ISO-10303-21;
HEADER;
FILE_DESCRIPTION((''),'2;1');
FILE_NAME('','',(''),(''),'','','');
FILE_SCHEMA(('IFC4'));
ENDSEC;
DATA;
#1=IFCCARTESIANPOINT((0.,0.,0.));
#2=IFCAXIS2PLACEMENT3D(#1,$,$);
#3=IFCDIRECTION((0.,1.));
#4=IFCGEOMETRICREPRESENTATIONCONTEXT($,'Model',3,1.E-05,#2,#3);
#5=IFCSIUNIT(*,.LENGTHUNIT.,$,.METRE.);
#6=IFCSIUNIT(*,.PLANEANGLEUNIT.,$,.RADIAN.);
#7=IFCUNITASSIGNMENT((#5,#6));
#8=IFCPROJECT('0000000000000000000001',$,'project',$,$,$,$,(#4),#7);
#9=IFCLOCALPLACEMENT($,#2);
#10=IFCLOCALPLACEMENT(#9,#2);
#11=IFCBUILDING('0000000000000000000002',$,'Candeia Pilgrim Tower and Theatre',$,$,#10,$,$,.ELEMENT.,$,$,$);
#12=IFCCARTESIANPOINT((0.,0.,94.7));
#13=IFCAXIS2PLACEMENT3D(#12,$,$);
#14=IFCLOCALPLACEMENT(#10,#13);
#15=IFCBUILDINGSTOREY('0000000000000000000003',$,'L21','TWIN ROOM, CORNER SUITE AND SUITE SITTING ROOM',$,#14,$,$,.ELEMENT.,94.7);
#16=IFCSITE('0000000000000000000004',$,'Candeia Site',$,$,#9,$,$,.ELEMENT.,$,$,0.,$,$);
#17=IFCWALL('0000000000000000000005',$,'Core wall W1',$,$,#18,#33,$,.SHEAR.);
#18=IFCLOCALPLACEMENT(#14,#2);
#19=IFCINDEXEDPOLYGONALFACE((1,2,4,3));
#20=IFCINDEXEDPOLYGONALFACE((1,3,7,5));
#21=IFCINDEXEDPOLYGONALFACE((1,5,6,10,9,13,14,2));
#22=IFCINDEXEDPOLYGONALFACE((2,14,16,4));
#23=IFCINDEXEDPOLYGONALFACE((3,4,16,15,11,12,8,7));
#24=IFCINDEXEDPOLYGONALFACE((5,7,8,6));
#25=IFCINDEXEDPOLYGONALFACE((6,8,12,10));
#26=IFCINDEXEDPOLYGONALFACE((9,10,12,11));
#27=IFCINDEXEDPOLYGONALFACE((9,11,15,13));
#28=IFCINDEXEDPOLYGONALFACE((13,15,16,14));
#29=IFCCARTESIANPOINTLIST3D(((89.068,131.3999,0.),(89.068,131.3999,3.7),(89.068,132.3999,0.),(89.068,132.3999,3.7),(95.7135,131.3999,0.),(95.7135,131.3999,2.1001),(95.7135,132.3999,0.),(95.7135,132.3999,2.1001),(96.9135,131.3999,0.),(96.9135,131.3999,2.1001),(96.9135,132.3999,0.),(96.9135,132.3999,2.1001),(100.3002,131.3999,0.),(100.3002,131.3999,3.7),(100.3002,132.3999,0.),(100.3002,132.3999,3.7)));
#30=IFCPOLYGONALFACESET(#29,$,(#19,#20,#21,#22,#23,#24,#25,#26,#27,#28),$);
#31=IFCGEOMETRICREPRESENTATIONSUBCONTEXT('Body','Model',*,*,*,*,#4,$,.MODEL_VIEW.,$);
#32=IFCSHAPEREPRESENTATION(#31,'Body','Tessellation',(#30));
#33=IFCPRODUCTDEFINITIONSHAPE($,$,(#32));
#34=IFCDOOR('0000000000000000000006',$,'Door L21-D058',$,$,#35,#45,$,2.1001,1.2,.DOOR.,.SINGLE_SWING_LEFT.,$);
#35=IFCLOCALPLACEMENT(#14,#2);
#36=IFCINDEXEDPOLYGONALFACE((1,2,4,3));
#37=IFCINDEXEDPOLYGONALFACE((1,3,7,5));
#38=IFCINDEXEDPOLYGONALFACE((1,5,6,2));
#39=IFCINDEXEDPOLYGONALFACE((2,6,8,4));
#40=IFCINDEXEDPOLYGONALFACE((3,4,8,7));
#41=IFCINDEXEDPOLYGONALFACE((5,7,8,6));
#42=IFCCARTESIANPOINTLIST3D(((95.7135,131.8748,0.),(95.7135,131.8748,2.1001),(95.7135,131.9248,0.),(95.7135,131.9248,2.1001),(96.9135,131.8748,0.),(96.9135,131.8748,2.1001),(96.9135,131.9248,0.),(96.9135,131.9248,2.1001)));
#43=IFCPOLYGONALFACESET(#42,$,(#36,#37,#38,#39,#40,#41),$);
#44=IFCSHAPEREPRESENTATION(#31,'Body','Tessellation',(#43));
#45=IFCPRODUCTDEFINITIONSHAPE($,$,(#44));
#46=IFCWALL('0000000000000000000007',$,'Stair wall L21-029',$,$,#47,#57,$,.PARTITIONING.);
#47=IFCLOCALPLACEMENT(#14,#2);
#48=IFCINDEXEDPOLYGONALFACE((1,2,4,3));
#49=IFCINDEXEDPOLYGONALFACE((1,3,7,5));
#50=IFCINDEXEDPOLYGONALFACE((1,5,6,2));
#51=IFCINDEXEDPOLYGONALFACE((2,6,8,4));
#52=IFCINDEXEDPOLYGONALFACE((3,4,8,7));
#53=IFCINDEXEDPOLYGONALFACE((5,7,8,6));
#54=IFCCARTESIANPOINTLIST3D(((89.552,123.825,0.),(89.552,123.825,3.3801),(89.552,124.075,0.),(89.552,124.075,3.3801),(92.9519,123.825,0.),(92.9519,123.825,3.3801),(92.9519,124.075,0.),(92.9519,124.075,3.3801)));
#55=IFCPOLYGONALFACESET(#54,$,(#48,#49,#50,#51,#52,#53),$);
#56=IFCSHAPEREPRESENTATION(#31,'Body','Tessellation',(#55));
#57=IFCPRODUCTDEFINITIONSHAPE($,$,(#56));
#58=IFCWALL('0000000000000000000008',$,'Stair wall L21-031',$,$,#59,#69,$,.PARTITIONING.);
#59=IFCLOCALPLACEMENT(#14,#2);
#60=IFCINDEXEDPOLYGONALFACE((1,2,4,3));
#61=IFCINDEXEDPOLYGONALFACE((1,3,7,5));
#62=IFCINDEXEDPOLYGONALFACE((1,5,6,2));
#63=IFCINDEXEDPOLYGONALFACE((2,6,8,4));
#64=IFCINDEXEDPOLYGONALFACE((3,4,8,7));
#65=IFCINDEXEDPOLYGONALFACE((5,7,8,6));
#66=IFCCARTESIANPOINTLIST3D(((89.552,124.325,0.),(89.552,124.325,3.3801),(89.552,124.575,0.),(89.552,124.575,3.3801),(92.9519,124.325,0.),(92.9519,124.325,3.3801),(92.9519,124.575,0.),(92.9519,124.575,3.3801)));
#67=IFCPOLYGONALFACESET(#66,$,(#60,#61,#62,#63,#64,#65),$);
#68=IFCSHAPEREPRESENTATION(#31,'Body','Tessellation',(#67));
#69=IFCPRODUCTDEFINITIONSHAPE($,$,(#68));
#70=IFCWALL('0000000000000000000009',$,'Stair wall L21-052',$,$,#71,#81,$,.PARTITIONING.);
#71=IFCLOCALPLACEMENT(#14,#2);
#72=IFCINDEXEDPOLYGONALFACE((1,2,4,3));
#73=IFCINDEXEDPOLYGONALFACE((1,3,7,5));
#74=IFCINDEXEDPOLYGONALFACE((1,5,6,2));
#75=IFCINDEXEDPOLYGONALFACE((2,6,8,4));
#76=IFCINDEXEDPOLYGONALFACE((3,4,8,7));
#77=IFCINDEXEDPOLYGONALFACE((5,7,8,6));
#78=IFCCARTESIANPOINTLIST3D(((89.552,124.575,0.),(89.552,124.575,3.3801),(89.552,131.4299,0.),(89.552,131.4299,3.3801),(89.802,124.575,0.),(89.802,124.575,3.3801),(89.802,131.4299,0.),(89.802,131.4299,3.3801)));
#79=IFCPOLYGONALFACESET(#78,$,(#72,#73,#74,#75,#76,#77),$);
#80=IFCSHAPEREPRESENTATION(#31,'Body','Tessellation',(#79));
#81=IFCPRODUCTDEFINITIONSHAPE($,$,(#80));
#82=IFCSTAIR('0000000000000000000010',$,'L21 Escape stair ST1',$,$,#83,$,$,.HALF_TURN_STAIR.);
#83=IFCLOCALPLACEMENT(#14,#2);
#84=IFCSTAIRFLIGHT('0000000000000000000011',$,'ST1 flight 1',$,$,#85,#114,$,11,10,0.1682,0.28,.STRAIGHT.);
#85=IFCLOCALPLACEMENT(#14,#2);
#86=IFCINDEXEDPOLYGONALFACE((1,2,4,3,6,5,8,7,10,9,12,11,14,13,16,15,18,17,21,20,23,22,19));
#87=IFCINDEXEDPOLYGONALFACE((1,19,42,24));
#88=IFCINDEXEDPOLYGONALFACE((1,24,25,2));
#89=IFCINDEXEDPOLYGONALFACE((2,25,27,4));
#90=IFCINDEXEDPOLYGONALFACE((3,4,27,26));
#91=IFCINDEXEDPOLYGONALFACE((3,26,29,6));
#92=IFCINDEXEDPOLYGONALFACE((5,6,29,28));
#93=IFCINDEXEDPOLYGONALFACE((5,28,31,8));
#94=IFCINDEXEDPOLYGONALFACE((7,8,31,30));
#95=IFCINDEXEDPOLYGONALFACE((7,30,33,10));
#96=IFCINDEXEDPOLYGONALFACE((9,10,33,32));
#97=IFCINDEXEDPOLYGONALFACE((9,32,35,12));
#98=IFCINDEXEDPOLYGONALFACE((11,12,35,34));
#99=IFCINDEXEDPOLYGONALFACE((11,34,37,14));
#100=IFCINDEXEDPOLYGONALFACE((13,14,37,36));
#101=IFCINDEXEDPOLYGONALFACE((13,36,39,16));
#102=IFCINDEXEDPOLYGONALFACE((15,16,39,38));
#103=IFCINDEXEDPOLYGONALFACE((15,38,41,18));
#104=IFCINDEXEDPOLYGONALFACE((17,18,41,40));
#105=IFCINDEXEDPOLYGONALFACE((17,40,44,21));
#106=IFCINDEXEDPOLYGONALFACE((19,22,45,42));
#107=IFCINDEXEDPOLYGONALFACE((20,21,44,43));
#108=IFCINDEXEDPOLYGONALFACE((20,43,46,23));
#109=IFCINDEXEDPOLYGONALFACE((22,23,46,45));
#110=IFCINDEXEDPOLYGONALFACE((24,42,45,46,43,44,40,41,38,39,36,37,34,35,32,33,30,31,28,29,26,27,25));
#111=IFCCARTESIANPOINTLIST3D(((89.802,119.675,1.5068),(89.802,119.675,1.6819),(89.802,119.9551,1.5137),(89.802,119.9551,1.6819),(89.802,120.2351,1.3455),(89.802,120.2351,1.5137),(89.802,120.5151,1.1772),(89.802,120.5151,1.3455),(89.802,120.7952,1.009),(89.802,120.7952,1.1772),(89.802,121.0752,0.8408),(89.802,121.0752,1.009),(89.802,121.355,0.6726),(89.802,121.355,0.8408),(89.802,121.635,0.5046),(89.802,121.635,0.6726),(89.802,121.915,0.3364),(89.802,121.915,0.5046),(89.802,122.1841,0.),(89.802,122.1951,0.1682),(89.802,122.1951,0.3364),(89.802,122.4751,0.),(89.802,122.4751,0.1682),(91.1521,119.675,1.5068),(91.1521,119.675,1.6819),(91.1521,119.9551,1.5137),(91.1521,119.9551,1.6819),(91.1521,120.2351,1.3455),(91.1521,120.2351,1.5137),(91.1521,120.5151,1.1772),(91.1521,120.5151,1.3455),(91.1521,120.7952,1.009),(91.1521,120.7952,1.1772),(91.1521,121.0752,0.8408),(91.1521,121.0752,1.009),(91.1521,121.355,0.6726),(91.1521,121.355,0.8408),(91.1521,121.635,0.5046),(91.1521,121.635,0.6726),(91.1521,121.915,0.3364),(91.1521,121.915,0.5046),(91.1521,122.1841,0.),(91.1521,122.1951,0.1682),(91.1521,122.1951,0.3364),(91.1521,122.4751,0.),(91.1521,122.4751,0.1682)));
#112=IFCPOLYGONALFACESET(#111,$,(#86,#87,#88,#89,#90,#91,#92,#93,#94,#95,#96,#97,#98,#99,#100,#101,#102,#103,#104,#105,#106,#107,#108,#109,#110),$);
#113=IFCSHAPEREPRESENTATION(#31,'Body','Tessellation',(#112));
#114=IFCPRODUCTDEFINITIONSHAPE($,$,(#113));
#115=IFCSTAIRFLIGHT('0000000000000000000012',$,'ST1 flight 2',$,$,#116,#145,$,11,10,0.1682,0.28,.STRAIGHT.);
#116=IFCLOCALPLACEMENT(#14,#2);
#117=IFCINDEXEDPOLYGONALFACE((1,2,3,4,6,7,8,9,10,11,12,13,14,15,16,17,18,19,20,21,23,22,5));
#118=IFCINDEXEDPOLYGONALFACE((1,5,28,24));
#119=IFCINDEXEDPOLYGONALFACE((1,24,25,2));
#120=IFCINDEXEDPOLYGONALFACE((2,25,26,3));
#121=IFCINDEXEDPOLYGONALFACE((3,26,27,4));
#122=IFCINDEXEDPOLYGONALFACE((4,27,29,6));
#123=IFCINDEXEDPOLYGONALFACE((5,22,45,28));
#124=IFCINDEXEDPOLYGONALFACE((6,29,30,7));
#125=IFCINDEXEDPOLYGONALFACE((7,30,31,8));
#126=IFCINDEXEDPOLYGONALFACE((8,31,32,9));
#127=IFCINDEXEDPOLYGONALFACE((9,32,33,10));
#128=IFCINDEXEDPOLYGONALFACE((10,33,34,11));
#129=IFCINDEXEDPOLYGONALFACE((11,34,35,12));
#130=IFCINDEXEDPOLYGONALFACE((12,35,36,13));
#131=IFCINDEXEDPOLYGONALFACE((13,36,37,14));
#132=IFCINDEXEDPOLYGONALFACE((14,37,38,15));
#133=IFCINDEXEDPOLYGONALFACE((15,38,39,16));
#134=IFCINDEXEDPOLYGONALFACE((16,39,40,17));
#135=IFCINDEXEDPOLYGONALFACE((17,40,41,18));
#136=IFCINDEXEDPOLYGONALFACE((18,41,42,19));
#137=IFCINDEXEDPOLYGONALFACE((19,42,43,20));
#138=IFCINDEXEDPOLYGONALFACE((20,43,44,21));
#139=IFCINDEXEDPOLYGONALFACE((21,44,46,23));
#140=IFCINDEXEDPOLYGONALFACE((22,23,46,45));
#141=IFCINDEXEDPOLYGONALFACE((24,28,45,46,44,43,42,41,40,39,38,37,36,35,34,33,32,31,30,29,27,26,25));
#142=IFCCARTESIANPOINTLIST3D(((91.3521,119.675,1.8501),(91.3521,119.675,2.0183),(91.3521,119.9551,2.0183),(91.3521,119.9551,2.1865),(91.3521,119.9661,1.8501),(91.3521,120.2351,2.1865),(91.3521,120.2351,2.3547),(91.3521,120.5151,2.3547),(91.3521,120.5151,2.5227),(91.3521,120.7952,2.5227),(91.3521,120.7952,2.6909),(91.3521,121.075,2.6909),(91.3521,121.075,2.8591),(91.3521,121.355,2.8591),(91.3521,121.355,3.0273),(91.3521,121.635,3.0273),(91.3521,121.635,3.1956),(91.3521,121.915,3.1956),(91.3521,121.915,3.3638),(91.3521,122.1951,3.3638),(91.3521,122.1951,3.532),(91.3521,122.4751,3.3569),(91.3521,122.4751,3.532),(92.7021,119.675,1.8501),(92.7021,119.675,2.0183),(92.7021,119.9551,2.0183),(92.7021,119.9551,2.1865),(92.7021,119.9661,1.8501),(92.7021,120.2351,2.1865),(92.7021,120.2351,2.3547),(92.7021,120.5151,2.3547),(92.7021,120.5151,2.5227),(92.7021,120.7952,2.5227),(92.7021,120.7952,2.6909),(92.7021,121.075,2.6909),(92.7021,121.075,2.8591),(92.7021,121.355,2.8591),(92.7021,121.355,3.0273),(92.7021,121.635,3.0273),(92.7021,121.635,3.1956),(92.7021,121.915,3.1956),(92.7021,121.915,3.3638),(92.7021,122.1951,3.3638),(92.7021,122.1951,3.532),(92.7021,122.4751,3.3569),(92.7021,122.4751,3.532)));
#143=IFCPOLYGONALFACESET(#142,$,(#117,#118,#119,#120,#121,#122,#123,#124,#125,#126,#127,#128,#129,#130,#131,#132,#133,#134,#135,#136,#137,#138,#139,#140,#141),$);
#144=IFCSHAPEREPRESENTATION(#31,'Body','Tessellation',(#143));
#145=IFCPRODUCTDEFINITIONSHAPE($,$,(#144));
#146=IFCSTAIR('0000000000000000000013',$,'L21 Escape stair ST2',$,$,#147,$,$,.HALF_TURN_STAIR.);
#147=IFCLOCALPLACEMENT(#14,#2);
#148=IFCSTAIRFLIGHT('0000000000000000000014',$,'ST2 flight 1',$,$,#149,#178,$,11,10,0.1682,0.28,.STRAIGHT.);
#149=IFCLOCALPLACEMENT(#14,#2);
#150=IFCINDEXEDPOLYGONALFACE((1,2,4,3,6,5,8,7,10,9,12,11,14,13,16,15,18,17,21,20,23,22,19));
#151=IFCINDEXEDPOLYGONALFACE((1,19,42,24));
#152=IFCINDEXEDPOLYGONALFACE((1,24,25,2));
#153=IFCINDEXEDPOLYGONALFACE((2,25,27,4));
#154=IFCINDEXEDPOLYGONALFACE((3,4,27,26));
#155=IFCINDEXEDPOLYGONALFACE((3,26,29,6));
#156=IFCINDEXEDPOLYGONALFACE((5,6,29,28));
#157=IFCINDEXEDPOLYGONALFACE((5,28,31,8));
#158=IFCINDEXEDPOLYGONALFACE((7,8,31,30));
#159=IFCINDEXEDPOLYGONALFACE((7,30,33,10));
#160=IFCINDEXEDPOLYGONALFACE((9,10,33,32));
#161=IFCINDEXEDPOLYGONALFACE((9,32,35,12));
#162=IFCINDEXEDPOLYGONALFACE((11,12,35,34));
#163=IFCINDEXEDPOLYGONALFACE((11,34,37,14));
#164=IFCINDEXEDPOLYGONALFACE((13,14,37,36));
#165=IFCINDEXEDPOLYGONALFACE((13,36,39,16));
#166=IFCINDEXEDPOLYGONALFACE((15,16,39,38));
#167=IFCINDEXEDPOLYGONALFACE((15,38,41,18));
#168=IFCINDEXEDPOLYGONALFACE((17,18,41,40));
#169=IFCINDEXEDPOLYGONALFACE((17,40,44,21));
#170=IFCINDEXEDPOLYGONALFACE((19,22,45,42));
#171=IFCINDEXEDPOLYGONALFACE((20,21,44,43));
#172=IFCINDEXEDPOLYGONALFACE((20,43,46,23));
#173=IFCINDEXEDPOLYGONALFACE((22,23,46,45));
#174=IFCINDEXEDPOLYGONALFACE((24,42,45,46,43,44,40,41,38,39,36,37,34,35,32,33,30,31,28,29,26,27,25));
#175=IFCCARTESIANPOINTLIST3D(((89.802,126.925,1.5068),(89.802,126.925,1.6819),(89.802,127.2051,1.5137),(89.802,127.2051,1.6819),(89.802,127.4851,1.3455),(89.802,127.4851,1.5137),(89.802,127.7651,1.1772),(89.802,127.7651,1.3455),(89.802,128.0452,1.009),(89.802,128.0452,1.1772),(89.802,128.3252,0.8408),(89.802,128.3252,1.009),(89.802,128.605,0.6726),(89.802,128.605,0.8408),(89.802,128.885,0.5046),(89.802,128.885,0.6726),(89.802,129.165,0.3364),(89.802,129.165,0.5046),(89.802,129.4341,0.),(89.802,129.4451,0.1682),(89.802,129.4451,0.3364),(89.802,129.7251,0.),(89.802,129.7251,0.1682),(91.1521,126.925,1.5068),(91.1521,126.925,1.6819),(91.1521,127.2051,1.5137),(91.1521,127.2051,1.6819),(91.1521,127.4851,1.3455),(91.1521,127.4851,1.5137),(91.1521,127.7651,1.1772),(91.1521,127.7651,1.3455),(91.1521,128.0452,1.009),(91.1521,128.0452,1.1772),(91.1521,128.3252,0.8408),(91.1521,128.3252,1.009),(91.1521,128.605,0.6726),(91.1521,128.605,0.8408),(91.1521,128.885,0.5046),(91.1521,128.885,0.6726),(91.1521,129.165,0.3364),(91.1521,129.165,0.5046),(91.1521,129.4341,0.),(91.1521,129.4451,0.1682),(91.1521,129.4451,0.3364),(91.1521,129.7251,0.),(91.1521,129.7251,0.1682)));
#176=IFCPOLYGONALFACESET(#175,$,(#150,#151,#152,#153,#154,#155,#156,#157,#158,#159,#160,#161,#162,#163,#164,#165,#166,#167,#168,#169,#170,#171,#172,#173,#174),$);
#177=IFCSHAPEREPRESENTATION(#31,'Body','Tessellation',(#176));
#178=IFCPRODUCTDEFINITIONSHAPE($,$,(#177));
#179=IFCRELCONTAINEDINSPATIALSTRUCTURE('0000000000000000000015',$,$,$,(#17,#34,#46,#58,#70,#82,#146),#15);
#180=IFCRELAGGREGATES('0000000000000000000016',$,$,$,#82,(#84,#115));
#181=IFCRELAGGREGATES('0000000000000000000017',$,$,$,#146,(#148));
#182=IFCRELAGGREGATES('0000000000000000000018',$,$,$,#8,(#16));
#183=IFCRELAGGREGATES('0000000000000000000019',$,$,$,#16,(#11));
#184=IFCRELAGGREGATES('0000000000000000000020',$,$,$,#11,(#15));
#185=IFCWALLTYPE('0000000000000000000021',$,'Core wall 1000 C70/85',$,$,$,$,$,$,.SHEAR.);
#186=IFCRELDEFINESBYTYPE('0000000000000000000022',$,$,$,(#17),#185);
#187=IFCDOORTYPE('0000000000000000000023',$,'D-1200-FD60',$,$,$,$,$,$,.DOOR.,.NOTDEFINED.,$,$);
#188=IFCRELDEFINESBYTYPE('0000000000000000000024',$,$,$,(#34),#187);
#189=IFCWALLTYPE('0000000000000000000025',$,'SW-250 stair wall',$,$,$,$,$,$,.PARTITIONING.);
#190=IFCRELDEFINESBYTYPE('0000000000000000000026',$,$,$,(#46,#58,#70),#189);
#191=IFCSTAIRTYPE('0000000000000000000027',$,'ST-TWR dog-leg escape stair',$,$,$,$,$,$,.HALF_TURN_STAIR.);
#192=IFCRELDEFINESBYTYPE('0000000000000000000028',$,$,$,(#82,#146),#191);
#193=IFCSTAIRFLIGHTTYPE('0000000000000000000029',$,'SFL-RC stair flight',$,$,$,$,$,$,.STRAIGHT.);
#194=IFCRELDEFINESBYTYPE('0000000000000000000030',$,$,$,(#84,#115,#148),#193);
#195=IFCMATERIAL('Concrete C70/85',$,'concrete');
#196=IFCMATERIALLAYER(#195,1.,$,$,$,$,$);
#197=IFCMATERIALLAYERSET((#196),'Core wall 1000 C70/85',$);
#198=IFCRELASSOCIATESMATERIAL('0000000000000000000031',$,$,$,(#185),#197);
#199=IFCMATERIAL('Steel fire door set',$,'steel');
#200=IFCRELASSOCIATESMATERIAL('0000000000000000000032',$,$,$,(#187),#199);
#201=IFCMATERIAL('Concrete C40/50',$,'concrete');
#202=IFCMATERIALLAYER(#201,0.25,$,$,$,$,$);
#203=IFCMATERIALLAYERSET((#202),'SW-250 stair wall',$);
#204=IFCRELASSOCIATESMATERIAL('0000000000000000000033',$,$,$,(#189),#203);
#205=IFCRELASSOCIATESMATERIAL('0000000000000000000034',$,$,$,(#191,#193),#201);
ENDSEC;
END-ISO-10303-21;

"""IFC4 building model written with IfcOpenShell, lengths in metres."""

from ifc_helpers import new_model, si_unit, direction, frame, frame_2d, origin, place, context, subcontext, project, spatial, polyline, rectangle, outline, extrude, material, layer, layer_set, type_object, element, fill, aggregate, save


model = new_model("IFC4")

# Units and contexts
model_context = context("Model", 3, precision=1e-05, world=origin(), true_north=direction((0.0, 1.0)))
body_context = subcontext(model_context, "Body", "Model", "MODEL_VIEW")
ifc_project = project(units=[si_unit("LENGTHUNIT", "METRE"), si_unit("PLANEANGLEUNIT", "RADIAN")], contexts=[model_context])

# Site, building, storey
site_placement = place(None, origin())
site = spatial("IfcSite", under=ifc_project, at=site_placement, Name="Candeia Site", CompositionType="ELEMENT", RefElevation=0.0)
building_placement = place(site_placement, origin())
building = spatial("IfcBuilding", under=site, at=building_placement, Name="Candeia Pilgrim Tower and Theatre", CompositionType="ELEMENT")
storey_placement = place(building_placement, frame((0.0, 0.0, 94.7)))
storey = spatial("IfcBuildingStorey", under=building, at=storey_placement, Name="L21", Description="TWIN ROOM, CORNER SUITE AND SUITE SITTING ROOM", CompositionType="ELEMENT", Elevation=94.7)

# Wall, opening, door
ifc_material_1 = material(Name="Concrete C70/85", Category="concrete")
ifc_layer_1 = layer(ifc_material_1, 1.0)
ifc_layer_set_1 = layer_set([ifc_layer_1], Name="Core wall 1000 C70/85")
wall_type_1 = type_object("IfcWallType", Name="Core wall 1000 C70/85", PredefinedType="SHEAR", material=ifc_layer_set_1)
wall_1_placement = place(storey_placement, frame((89.0679, 131.8999, 0.0), z_axis=(0.0, 0.0, 1.0), x_axis=(1.0, 0.0, 0.0)))
wall_1 = element("IfcWall", 1, at=wall_1_placement, inside=storey, type_object=wall_type_1, Name="Core wall W1", PredefinedType="SHEAR", context=body_context, shape_type="SweptSolid", body=[
    extrude(rectangle(XDim=11.2322, YDim=1.0, at=frame_2d((5.6162, 0.0))), origin(), (0.0, 0.0, 1.0), 3.7),
])
opening_placement = place(wall_1_placement, frame((6.6455, 0.0, 0.0)))
opening = element("IfcOpeningElement", 2, at=opening_placement, cuts=wall_1, PredefinedType="OPENING", context=body_context, shape_type="SweptSolid", body=[
    extrude(rectangle(XDim=1.2, YDim=2.1001, at=frame_2d((0.6001, 1.05))), frame((0.0, 0.51, 0.0), z_axis=(0.0, -1.0, 0.0), x_axis=(1.0, 0.0, 0.0)), (0.0, 0.0, 1.0), 1.02),
])
ifc_material_2 = material(Name="Steel fire door set", Category="steel")
door_type = type_object("IfcDoorType", Name="D-1200-FD60", OperationType="NOTDEFINED", PredefinedType="DOOR", material=ifc_material_2)
door_placement = place(opening_placement, origin())
door = element("IfcDoor", 3, at=door_placement, inside=storey, type_object=door_type, Name="Door L21-D058", OperationType="SINGLE_SWING_LEFT", OverallHeight=2.1001, OverallWidth=1.2, PredefinedType="DOOR", context=body_context, shape_type="SweptSolid", body=[
    extrude(rectangle(XDim=1.2, YDim=2.1001, at=frame_2d((0.6001, 1.05))), frame((0.0, 0.0249, 0.0), z_axis=(0.0, -1.0, 0.0), x_axis=(1.0, 0.0, 0.0)), (0.0, 0.0, 1.0), 0.05),
])
fill(opening, door)

# Walls
ifc_material_3 = material(Name="Concrete C40/50", Category="concrete")
ifc_layer_2 = layer(ifc_material_3, 0.25)
ifc_layer_set_2 = layer_set([ifc_layer_2], Name="SW-250 stair wall")
wall_type_2 = type_object("IfcWallType", Name="SW-250 stair wall", PredefinedType="PARTITIONING", material=ifc_layer_set_2)
for number, where, z_axis, x_axis, name in (
    (4, (89.552, 123.95, 0.0), (0.0, 0.0, 1.0), (1.0, 0.0, 0.0), "Stair wall L21-029"),
    (5, (89.552, 124.45, 0.0), (0.0, 0.0, 1.0), (1.0, 0.0, 0.0), "Stair wall L21-031"),
):
    element("IfcWall", number, at=place(storey_placement, frame(where, z_axis=z_axis, x_axis=x_axis)), inside=storey, type_object=wall_type_2, Name=name, PredefinedType="PARTITIONING", context=body_context, shape_type="SweptSolid", body=[
        extrude(rectangle(XDim=3.3999, YDim=0.25, at=frame_2d((1.7, 0.0))), origin(), (0.0, 0.0, 1.0), 3.3801),
    ])
wall_2_placement = place(storey_placement, frame((89.677, 124.575, 0.0), z_axis=(0.0, 0.0, 1.0), x_axis=(0.0, 1.0, 0.0)))
element("IfcWall", 6, at=wall_2_placement, inside=storey, type_object=wall_type_2, Name="Stair wall L21-052", PredefinedType="PARTITIONING", context=body_context, shape_type="SweptSolid", body=[
    extrude(rectangle(XDim=6.855, YDim=0.25, at=frame_2d((3.4275, 0.0))), origin(), (0.0, 0.0, 1.0), 3.3801),
])

# Stairs, stair flights
stair_type = type_object("IfcStairType", Name="ST-TWR dog-leg escape stair", PredefinedType="HALF_TURN_STAIR", material=ifc_material_3)
stair_1_placement = place(storey_placement, origin())
stair_1 = element("IfcStair", 7, at=stair_1_placement, inside=storey, type_object=stair_type, Name="L21 Escape stair ST1", PredefinedType="HALF_TURN_STAIR")
stair_flight_type = type_object("IfcStairFlightType", Name="SFL-RC stair flight", PredefinedType="STRAIGHT", material=ifc_material_3)
stair_flight_1_placement = place(storey_placement, frame((90.4771, 122.4751, 0.0), z_axis=(0.0, 0.0, 1.0), x_axis=(0.0, -1.0, 0.0)))
stair_flight_1 = element("IfcStairFlight", 8, at=stair_flight_1_placement, type_object=stair_flight_type, Name="ST1 flight 1", NumberOfRisers=11, NumberOfTreads=10, PredefinedType="STRAIGHT", RiserHeight=0.1682, TreadLength=0.28, context=body_context, shape_type="SweptSolid", body=[
    extrude(outline(polyline([(0.0, 0.0), (0.0, 0.1682), (0.28, 0.1682), (0.28, 0.3364), (0.5601, 0.3364), (0.5601, 0.5046), (0.8401, 0.5046), (0.8401, 0.6726), (1.1201, 0.6726), (1.1201, 0.8408), (1.3999, 0.8408), (1.3999, 1.009), (1.6799, 1.009), (1.6799, 1.1772), (1.96, 1.1772), (1.96, 1.3455), (2.24, 1.3455), (2.24, 1.5137), (2.52, 1.5137), (2.52, 1.6819), (2.8, 1.6819), (2.8, 1.8501), (2.8, 1.5068), (0.291, 0.0), (0.0, 0.0)])), frame((0.0, 0.675, 0.0), z_axis=(0.0, -1.0, 0.0), x_axis=(1.0, 0.0, 0.0)), (0.0, 0.0, 1.0), 1.3501),
])
stair_flight_2_placement = place(storey_placement, frame((92.0271, 119.675, 1.8501), z_axis=(0.0, 0.0, 1.0), x_axis=(0.0, 1.0, 0.0)))
stair_flight_2 = element("IfcStairFlight", 9, at=stair_flight_2_placement, type_object=stair_flight_type, Name="ST1 flight 2", NumberOfRisers=11, NumberOfTreads=10, PredefinedType="STRAIGHT", RiserHeight=0.1682, TreadLength=0.28, context=body_context, shape_type="SweptSolid", body=[
    extrude(outline(polyline([(0.0, 0.0), (0.0, 0.1682), (0.28, 0.1682), (0.28, 0.3364), (0.5601, 0.3364), (0.5601, 0.5046), (0.8401, 0.5046), (0.8401, 0.6726), (1.1201, 0.6726), (1.1201, 0.8408), (1.3999, 0.8408), (1.3999, 1.009), (1.6799, 1.009), (1.6799, 1.1772), (1.96, 1.1772), (1.96, 1.3455), (2.24, 1.3455), (2.24, 1.5137), (2.52, 1.5137), (2.52, 1.6819), (2.8, 1.6819), (2.8, 1.8501), (2.8, 1.5068), (0.291, 0.0), (0.0, 0.0)])), frame((0.0, 0.675, 0.0), z_axis=(0.0, -1.0, 0.0), x_axis=(1.0, 0.0, 0.0)), (0.0, 0.0, 1.0), 1.3501),
])
aggregate(stair_1, [stair_flight_1, stair_flight_2])
stair_2_placement = place(storey_placement, origin())
stair_2 = element("IfcStair", 10, at=stair_2_placement, inside=storey, type_object=stair_type, Name="L21 Escape stair ST2", PredefinedType="HALF_TURN_STAIR")
stair_flight_3_placement = place(storey_placement, frame((90.4771, 129.7251, 0.0), z_axis=(0.0, 0.0, 1.0), x_axis=(0.0, -1.0, 0.0)))
stair_flight_3 = element("IfcStairFlight", 11, at=stair_flight_3_placement, type_object=stair_flight_type, Name="ST2 flight 1", NumberOfRisers=11, NumberOfTreads=10, PredefinedType="STRAIGHT", RiserHeight=0.1682, TreadLength=0.28, context=body_context, shape_type="SweptSolid", body=[
    extrude(outline(polyline([(0.0, 0.0), (0.0, 0.1682), (0.28, 0.1682), (0.28, 0.3364), (0.5601, 0.3364), (0.5601, 0.5046), (0.8401, 0.5046), (0.8401, 0.6726), (1.1201, 0.6726), (1.1201, 0.8408), (1.3999, 0.8408), (1.3999, 1.009), (1.6799, 1.009), (1.6799, 1.1772), (1.96, 1.1772), (1.96, 1.3455), (2.24, 1.3455), (2.24, 1.5137), (2.52, 1.5137), (2.52, 1.6819), (2.8, 1.6819), (2.8, 1.8501), (2.8, 1.5068), (0.291, 0.0), (0.0, 0.0)])), frame((0.0, 0.675, 0.0), z_axis=(0.0, -1.0, 0.0), x_axis=(1.0, 0.0, 0.0)), (0.0, 0.0, 1.0), 1.3501),
])
aggregate(stair_2, [stair_flight_3])

save(model, "model.ifc")
